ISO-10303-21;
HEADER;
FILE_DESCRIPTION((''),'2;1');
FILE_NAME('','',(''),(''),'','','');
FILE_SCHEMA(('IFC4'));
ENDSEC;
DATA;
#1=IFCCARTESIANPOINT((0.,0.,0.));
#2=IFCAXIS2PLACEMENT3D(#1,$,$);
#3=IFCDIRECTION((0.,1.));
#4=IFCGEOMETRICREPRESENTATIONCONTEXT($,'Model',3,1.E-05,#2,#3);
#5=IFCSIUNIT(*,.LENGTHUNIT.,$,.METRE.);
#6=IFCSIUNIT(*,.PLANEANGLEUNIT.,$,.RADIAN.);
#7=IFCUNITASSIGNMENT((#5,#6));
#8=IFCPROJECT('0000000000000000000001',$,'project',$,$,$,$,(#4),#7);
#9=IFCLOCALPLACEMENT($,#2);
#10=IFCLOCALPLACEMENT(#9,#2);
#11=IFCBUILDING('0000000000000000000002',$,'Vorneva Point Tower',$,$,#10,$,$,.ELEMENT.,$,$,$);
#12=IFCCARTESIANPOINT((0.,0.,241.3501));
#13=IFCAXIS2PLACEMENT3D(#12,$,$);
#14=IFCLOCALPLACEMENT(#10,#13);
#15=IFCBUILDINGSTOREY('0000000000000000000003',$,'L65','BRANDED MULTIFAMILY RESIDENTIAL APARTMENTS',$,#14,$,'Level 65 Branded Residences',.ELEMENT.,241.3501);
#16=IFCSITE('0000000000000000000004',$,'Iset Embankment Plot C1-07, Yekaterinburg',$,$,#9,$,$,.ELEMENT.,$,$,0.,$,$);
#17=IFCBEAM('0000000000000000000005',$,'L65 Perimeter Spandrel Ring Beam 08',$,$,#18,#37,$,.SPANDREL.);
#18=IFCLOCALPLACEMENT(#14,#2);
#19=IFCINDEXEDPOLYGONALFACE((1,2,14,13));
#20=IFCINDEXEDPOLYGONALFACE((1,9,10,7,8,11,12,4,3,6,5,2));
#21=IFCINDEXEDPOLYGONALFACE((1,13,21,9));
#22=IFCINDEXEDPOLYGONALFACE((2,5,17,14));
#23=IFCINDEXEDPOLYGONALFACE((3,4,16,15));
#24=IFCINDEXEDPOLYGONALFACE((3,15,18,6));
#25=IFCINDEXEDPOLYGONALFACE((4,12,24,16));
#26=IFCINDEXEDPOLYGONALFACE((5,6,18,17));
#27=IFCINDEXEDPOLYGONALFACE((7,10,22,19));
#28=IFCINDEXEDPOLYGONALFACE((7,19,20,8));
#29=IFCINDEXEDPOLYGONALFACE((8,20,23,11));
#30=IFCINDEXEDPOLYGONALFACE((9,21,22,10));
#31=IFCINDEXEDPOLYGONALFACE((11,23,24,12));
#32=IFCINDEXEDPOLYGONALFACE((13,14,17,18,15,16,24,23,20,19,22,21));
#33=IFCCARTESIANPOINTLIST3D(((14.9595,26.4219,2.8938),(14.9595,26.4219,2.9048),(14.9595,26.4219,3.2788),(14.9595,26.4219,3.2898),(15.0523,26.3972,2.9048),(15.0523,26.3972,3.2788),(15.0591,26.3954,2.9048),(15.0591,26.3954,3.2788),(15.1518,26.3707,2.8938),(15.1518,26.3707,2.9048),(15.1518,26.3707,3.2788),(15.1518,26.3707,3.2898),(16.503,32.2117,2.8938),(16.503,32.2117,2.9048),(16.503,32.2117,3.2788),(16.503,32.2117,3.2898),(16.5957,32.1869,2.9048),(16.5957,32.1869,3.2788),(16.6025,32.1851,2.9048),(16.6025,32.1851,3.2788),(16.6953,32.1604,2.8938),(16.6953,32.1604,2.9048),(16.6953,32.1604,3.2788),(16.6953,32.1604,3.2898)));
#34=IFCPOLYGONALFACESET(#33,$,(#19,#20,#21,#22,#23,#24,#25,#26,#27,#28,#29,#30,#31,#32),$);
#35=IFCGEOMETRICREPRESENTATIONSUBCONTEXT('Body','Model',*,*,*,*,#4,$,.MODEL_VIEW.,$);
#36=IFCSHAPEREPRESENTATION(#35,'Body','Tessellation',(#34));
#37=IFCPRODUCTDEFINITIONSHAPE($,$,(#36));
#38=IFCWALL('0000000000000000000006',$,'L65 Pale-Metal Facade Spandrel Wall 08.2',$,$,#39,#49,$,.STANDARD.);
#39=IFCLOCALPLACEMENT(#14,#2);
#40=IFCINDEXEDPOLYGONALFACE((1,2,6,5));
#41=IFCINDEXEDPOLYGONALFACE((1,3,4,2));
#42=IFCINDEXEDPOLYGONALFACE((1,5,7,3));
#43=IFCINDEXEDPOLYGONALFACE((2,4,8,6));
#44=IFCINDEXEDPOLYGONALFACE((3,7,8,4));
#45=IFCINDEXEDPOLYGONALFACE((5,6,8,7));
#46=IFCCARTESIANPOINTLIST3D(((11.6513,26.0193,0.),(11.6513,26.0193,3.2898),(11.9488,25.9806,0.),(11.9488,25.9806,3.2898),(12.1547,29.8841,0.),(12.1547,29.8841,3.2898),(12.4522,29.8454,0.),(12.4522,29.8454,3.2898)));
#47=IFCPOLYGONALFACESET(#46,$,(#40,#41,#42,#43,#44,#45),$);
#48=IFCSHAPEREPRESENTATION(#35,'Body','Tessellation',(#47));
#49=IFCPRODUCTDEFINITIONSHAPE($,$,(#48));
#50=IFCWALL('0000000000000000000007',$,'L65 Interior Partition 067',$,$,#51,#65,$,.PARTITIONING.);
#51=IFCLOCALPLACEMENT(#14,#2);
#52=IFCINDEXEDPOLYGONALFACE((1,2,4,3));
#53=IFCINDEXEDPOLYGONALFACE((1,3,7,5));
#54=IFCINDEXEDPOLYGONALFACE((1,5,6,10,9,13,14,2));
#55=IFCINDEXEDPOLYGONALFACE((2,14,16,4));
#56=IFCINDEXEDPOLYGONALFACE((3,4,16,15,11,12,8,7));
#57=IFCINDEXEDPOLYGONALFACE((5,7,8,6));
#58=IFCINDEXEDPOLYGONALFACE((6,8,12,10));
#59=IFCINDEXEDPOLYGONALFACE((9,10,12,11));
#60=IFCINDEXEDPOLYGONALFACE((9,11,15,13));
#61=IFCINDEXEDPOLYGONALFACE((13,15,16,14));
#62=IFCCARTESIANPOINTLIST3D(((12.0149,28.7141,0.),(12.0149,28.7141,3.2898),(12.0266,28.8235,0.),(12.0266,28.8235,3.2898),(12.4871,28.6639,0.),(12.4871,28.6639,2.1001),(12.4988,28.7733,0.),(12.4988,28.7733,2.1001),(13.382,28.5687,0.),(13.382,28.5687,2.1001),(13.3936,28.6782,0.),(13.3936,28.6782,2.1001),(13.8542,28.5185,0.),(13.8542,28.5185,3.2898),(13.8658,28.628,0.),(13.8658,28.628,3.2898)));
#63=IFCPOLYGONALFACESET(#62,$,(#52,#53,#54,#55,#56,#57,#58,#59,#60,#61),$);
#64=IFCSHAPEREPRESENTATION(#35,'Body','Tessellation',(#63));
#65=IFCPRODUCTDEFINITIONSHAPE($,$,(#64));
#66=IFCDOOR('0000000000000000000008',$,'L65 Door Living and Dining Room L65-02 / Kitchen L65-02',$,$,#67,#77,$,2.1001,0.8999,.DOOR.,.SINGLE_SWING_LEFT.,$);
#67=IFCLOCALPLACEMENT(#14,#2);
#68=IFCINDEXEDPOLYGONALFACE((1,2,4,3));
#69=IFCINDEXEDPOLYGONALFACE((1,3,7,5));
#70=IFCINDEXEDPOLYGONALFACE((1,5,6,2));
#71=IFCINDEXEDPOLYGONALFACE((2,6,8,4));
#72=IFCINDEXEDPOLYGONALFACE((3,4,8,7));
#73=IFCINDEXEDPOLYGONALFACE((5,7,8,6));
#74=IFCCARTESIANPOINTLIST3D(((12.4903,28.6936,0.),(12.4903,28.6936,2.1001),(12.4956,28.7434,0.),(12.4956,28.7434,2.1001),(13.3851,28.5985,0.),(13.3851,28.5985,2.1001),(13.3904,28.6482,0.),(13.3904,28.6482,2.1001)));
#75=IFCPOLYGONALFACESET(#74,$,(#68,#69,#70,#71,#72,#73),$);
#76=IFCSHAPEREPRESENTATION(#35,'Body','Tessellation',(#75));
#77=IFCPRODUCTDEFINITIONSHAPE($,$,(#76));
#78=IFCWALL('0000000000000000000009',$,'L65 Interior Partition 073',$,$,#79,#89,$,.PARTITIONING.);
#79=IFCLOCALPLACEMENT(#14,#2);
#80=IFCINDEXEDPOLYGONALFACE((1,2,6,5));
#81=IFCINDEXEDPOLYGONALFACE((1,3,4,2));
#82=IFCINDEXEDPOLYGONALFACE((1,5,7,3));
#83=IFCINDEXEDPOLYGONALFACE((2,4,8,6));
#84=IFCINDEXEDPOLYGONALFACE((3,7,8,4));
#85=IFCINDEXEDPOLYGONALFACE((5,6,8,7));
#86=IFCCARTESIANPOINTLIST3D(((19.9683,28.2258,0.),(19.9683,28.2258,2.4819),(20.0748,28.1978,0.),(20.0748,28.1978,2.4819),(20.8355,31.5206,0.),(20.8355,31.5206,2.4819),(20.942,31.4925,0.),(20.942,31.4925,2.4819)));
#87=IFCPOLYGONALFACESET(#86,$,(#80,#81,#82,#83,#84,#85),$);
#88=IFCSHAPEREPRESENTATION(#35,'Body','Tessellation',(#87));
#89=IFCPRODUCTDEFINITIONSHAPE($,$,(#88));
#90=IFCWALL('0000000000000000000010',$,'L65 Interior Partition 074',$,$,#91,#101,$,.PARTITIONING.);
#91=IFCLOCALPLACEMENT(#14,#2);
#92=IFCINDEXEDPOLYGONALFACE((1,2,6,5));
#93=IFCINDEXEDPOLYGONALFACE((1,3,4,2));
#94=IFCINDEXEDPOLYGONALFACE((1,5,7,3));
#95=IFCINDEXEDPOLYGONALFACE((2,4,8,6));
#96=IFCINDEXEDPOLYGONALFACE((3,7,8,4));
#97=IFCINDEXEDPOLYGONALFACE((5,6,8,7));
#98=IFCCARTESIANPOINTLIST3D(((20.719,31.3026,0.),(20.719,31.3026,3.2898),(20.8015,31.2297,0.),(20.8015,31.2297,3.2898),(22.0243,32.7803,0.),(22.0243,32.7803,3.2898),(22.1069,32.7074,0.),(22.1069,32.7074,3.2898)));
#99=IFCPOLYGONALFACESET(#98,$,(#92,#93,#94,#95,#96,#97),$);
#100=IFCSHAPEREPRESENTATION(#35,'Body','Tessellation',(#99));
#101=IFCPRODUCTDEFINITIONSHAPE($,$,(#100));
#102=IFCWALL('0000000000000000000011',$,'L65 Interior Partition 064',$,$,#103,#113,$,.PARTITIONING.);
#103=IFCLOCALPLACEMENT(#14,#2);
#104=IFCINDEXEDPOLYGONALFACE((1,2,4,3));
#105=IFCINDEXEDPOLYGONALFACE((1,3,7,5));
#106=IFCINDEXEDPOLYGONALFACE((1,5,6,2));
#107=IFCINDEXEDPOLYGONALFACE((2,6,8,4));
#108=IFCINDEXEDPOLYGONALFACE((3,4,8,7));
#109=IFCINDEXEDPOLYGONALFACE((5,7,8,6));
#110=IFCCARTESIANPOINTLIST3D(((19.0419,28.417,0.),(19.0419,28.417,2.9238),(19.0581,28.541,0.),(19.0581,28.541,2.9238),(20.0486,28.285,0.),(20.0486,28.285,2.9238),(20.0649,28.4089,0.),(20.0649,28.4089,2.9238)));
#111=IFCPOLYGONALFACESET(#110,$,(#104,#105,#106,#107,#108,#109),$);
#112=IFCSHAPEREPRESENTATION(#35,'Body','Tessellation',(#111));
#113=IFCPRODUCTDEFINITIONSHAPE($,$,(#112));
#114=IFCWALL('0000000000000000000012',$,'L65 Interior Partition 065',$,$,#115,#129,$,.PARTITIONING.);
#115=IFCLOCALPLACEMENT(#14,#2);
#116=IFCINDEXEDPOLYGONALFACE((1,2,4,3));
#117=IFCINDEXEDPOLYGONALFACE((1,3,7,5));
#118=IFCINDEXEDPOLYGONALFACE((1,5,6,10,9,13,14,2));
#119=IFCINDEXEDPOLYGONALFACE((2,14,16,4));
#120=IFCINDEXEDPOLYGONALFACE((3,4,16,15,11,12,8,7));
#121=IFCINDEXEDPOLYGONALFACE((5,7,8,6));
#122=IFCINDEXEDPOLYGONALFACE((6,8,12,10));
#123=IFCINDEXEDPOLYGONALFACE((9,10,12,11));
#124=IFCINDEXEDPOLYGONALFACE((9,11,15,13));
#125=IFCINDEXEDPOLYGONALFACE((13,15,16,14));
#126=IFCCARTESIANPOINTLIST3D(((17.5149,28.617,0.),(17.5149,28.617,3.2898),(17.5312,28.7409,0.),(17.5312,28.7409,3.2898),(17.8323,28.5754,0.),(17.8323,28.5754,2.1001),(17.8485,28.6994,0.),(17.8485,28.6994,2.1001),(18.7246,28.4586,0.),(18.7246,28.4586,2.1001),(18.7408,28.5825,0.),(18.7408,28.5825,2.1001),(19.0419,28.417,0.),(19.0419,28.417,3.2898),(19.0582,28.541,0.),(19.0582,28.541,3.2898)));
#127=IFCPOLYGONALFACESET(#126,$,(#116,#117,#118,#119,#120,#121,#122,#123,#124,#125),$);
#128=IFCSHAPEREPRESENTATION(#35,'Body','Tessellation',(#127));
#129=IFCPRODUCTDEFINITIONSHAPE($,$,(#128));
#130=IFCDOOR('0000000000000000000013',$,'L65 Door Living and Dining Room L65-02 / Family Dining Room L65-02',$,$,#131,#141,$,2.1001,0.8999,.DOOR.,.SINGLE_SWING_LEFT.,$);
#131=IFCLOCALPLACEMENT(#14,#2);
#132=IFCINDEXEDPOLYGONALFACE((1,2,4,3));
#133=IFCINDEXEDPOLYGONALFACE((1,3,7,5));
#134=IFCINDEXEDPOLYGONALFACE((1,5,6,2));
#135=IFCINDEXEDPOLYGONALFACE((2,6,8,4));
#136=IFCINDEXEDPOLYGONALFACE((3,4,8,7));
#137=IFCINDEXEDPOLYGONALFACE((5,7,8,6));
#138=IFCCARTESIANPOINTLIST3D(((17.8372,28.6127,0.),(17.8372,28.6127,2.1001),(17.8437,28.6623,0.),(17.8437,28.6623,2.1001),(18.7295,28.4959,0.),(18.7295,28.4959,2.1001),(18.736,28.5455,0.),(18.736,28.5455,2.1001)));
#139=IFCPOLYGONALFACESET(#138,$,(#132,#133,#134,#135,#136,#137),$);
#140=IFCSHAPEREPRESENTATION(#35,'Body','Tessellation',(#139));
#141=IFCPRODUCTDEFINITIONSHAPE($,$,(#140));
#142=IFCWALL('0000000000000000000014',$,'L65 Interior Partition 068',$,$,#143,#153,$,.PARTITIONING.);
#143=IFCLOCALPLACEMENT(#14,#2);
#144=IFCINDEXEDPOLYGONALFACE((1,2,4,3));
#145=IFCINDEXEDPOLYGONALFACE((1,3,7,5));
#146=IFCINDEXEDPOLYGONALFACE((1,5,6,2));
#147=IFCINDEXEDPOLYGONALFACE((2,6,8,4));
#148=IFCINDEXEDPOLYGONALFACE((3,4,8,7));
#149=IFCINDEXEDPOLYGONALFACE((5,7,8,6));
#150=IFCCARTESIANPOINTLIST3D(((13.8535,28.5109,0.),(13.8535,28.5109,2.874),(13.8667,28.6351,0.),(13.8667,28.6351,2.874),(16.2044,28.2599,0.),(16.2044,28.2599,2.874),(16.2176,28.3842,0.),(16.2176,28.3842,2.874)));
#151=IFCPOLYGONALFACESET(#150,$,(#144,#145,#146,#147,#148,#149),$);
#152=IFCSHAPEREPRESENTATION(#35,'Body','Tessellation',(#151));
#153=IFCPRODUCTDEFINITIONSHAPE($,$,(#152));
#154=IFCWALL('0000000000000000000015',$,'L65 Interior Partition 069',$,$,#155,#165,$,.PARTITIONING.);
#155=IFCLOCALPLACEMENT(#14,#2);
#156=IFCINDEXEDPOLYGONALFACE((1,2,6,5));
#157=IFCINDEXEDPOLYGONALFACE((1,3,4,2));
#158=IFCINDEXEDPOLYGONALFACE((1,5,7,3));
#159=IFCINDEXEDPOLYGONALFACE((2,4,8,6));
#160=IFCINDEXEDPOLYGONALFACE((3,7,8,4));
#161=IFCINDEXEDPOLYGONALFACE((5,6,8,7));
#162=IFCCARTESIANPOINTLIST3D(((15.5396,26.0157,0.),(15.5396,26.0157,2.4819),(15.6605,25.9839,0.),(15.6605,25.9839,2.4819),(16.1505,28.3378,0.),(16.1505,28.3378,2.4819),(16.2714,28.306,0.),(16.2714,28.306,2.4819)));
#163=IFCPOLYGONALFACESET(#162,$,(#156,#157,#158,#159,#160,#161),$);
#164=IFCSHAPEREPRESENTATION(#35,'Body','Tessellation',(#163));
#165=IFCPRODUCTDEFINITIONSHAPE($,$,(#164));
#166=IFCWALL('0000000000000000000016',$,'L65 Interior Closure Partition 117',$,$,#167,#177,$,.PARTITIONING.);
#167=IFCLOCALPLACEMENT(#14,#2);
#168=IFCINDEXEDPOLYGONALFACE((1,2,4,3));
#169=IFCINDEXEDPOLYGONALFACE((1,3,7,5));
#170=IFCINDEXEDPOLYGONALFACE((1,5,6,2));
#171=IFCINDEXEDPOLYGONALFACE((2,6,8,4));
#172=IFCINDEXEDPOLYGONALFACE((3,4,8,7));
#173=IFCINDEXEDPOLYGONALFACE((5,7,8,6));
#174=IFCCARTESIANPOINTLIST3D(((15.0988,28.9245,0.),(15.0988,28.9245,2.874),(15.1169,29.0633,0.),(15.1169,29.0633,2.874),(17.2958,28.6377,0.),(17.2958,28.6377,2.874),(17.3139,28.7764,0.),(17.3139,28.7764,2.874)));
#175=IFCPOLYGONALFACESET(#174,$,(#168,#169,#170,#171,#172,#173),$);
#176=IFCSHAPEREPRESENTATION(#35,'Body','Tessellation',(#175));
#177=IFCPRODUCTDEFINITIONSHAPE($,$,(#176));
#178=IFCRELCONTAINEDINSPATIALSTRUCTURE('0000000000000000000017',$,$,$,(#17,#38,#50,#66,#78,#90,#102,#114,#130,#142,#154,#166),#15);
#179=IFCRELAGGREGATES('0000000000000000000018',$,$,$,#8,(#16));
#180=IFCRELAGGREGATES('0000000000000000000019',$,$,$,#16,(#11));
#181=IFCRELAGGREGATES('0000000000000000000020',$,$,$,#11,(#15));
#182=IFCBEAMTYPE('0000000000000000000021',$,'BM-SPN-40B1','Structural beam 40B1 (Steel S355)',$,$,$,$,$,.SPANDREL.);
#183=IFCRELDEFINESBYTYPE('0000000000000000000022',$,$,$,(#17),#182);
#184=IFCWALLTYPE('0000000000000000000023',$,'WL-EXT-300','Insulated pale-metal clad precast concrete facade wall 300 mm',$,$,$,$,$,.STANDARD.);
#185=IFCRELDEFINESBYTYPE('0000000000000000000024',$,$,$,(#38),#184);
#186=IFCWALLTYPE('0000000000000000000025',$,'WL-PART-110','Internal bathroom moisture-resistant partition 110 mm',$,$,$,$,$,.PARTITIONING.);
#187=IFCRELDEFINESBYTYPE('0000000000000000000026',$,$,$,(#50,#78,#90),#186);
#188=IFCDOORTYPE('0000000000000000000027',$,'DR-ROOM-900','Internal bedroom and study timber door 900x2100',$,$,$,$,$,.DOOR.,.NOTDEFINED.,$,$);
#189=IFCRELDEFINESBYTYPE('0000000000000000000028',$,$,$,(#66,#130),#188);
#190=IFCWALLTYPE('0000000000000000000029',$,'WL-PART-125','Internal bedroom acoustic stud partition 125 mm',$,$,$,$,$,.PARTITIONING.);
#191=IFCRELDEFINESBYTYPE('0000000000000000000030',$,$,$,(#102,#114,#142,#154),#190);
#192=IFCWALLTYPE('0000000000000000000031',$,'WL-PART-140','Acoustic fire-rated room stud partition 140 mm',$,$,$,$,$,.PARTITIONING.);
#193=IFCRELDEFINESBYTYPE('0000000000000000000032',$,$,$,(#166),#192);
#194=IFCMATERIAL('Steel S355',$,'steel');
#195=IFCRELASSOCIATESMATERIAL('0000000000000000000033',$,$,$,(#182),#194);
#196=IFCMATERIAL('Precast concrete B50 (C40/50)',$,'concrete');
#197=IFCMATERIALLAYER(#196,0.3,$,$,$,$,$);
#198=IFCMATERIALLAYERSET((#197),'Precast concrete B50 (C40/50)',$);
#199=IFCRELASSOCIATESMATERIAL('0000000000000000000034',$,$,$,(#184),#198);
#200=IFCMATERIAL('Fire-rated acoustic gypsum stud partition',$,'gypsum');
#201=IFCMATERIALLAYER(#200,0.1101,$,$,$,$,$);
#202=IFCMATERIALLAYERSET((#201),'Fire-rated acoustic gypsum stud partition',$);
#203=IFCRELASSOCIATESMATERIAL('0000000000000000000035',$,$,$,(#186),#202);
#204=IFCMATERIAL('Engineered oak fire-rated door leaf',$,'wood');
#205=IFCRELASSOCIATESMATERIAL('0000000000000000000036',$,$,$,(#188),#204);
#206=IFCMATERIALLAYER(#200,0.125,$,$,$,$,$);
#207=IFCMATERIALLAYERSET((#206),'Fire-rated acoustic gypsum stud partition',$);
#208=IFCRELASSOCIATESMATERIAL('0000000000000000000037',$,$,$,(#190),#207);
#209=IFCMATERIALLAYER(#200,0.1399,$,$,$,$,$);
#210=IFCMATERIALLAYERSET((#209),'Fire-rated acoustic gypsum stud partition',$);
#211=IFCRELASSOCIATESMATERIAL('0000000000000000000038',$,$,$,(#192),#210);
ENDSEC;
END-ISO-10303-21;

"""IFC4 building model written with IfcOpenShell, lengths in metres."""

from ifc_helpers import new_model, si_unit, direction, frame, frame_2d, origin, origin_2d, place, context, subcontext, project, spatial, rectangle, i_section, extrude, material, layer, layer_set, material_profile, profile_set, type_object, element, fill, save


model = new_model("IFC4")

# Units and contexts
model_context = context("Model", 3, precision=1e-05, world=origin(), true_north=direction((0.0, 1.0)))
body_context = subcontext(model_context, "Body", "Model", "MODEL_VIEW")
ifc_project = project(units=[si_unit("LENGTHUNIT", "METRE"), si_unit("PLANEANGLEUNIT", "RADIAN")], contexts=[model_context])

# Site, building, storey
site_placement = place(None, origin())
site = spatial("IfcSite", under=ifc_project, at=site_placement, Name="Iset Embankment Plot C1-07, Yekaterinburg", CompositionType="ELEMENT", RefElevation=0.0)
building_placement = place(site_placement, origin())
building = spatial("IfcBuilding", under=site, at=building_placement, Name="Vorneva Point Tower", CompositionType="ELEMENT")
storey_placement = place(building_placement, frame((0.0, 0.0, 241.3501)))
storey = spatial("IfcBuildingStorey", under=building, at=storey_placement, Name="L65", Description="BRANDED MULTIFAMILY RESIDENTIAL APARTMENTS", LongName="Level 65 Branded Residences", CompositionType="ELEMENT", Elevation=241.3501)

# Beam
ifc_material_1 = material(Name="Steel S355", Category="steel")
ifc_material_profile_1 = material_profile(ifc_material_1, i_section(OverallWidth=0.199, OverallDepth=0.396, WebThickness=0.0071, FlangeThickness=0.011, at=origin_2d()), Name="40B1")
ifc_profile_set_1 = profile_set([ifc_material_profile_1], Name="Steel S355")
beam_type_1 = type_object("IfcBeamType", Name="BM-SPN-40B1", Description="Structural beam 40B1 (Steel S355)", PredefinedType="SPANDREL", material=ifc_profile_set_1)
beam_1_placement = place(storey_placement, frame((16.5991, 32.186, 3.0918), z_axis=(-0.257587, -0.966255, 0.0), x_axis=(0.966255, -0.257587, 0.0)))
element("IfcBeam", 1, at=beam_1_placement, inside=storey, type_object=beam_type_1, Name="L65 Perimeter Spandrel Ring Beam 08", PredefinedType="SPANDREL", context=body_context, shape_type="SweptSolid", body=[
    extrude(i_section(OverallWidth=0.199, OverallDepth=0.396, WebThickness=0.0071, FlangeThickness=0.011, at=origin_2d()), origin(), (0.0, 0.0, 1.0), 5.9919),
])

# Wall
ifc_material_2 = material(Name="Precast concrete B50 (C40/50)", Category="concrete")
ifc_layer_1 = layer(ifc_material_2, 0.3)
ifc_layer_set_1 = layer_set([ifc_layer_1], Name="Precast concrete B50 (C40/50)")
wall_type_1 = type_object("IfcWallType", Name="WL-EXT-300", Description="Insulated pale-metal clad precast concrete facade wall 300 mm", PredefinedType="STANDARD", material=ifc_layer_set_1)
wall_1_placement = place(storey_placement, frame((12.3035, 29.8647, 0.0), z_axis=(0.0, 0.0, 1.0), x_axis=(-0.129168, -0.991623, 0.0)))
element("IfcWall", 2, at=wall_1_placement, inside=storey, type_object=wall_type_1, Name="L65 Pale-Metal Facade Spandrel Wall 08.2", PredefinedType="STANDARD", context=body_context, shape_type="SweptSolid", body=[
    extrude(rectangle(XDim=3.8975, YDim=0.3, at=frame_2d((1.9487, 0.0))), origin(), (0.0, 0.0, 1.0), 3.2898),
])

# Wall, opening, door
ifc_material_3 = material(Name="Fire-rated acoustic gypsum stud partition", Category="gypsum")
ifc_layer_2 = layer(ifc_material_3, 0.1101)
ifc_layer_set_2 = layer_set([ifc_layer_2], Name="Fire-rated acoustic gypsum stud partition")
wall_type_2 = type_object("IfcWallType", Name="WL-PART-110", Description="Internal bathroom moisture-resistant partition 110 mm", PredefinedType="PARTITIONING", material=ifc_layer_set_2)
wall_2_placement = place(storey_placement, frame((12.0208, 28.7688, 0.0), z_axis=(0.0, 0.0, 1.0), x_axis=(0.994396, -0.105722, 0.0)))
wall_2 = element("IfcWall", 3, at=wall_2_placement, inside=storey, type_object=wall_type_2, Name="L65 Interior Partition 067", PredefinedType="PARTITIONING", context=body_context, shape_type="SweptSolid", body=[
    extrude(rectangle(XDim=1.8496, YDim=0.1101, at=frame_2d((0.9248, 0.0))), origin(), (0.0, 0.0, 1.0), 3.2898),
])
opening_1_placement = place(wall_2_placement, frame((0.4749, 0.0, 0.0)))
opening_1 = element("IfcOpeningElement", 4, at=opening_1_placement, cuts=wall_2, PredefinedType="OPENING", context=body_context, shape_type="SweptSolid", body=[
    extrude(rectangle(XDim=0.8999, YDim=2.1001, at=frame_2d((0.45, 1.05))), frame((0.0, 0.0698, 0.0), z_axis=(0.0, -1.0, 0.0), x_axis=(1.0, 0.0, 0.0)), (0.0, 0.0, 1.0), 0.1399),
])
ifc_material_4 = material(Name="Engineered oak fire-rated door leaf", Category="wood")
door_type_1 = type_object("IfcDoorType", Name="DR-ROOM-900", Description="Internal bedroom and study timber door 900x2100", OperationType="NOTDEFINED", PredefinedType="DOOR", material=ifc_material_4)
door_1_placement = place(opening_1_placement, origin())
door_1 = element("IfcDoor", 5, at=door_1_placement, inside=storey, type_object=door_type_1, Name="L65 Door Living and Dining Room L65-02 / Kitchen L65-02", OperationType="SINGLE_SWING_LEFT", OverallHeight=2.1001, OverallWidth=0.8999, PredefinedType="DOOR", context=body_context, shape_type="SweptSolid", body=[
    extrude(rectangle(XDim=0.8999, YDim=2.1001, at=frame_2d((0.45, 1.05))), frame((0.0, 0.0249, 0.0), z_axis=(0.0, -1.0, 0.0), x_axis=(1.0, 0.0, 0.0)), (0.0, 0.0, 1.0), 0.05),
])
fill(opening_1, door_1)

# Walls
wall_3_placement = place(storey_placement, frame((20.0215, 28.2117, 0.0), z_axis=(0.0, 0.0, 1.0), x_axis=(0.254539, 0.967062, 0.0)))
element("IfcWall", 6, at=wall_3_placement, inside=storey, type_object=wall_type_2, Name="L65 Interior Partition 073", PredefinedType="PARTITIONING", context=body_context, shape_type="SweptSolid", body=[
    extrude(rectangle(XDim=3.407, YDim=0.1101, at=frame_2d((1.7036, 0.0))), origin(), (0.0, 0.0, 1.0), 2.4819),
])
wall_4_placement = place(storey_placement, frame((20.7603, 31.2661, 0.0), z_axis=(0.0, 0.0, 1.0), x_axis=(0.662047, 0.749462, 0.0)))
element("IfcWall", 7, at=wall_4_placement, inside=storey, type_object=wall_type_2, Name="L65 Interior Partition 074", PredefinedType="PARTITIONING", context=body_context, shape_type="SweptSolid", body=[
    extrude(rectangle(XDim=1.9717, YDim=0.1101, at=frame_2d((0.9858, 0.0))), origin(), (0.0, 0.0, 1.0), 3.2898),
])
ifc_layer_3 = layer(ifc_material_3, 0.125)
ifc_layer_set_3 = layer_set([ifc_layer_3], Name="Fire-rated acoustic gypsum stud partition")
wall_type_3 = type_object("IfcWallType", Name="WL-PART-125", Description="Internal bedroom acoustic stud partition 125 mm", PredefinedType="PARTITIONING", material=ifc_layer_set_3)
wall_5_placement = place(storey_placement, frame((20.0569, 28.3469, 0.0), z_axis=(0.0, 0.0, 1.0), x_axis=(-0.991505, 0.130069, 0.0)))
element("IfcWall", 8, at=wall_5_placement, inside=storey, type_object=wall_type_3, Name="L65 Interior Partition 064", PredefinedType="PARTITIONING", context=body_context, shape_type="SweptSolid", body=[
    extrude(rectangle(XDim=1.0154, YDim=0.125, at=frame_2d((0.5078, 0.0))), origin(), (0.0, 0.0, 1.0), 2.9238),
])

# Wall, opening, door
wall_6_placement = place(storey_placement, frame((19.05, 28.479, 0.0), z_axis=(0.0, 0.0, 1.0), x_axis=(-0.991537, 0.129827, 0.0)))
wall_6 = element("IfcWall", 9, at=wall_6_placement, inside=storey, type_object=wall_type_3, Name="L65 Interior Partition 065", PredefinedType="PARTITIONING", context=body_context, shape_type="SweptSolid", body=[
    extrude(rectangle(XDim=1.54, YDim=0.125, at=frame_2d((0.77, 0.0))), origin(), (0.0, 0.0, 1.0), 3.2898),
])
opening_2_placement = place(wall_6_placement, frame((0.3201, 0.0, 0.0)))
opening_2 = element("IfcOpeningElement", 10, at=opening_2_placement, cuts=wall_6, PredefinedType="OPENING", context=body_context, shape_type="SweptSolid", body=[
    extrude(rectangle(XDim=0.8999, YDim=2.1001, at=frame_2d((0.45, 1.05))), frame((0.0, 0.0774, 0.0), z_axis=(0.0, -1.0, 0.0), x_axis=(1.0, 0.0, 0.0)), (0.0, 0.0, 1.0), 0.1548),
])
door_2_placement = place(opening_2_placement, origin())
door_2 = element("IfcDoor", 11, at=door_2_placement, inside=storey, type_object=door_type_1, Name="L65 Door Living and Dining Room L65-02 / Family Dining Room L65-02", OperationType="SINGLE_SWING_LEFT", OverallHeight=2.1001, OverallWidth=0.8999, PredefinedType="DOOR", context=body_context, shape_type="SweptSolid", body=[
    extrude(rectangle(XDim=0.8999, YDim=2.1001, at=frame_2d((0.45, 1.05))), frame((0.0, 0.0249, 0.0), z_axis=(0.0, -1.0, 0.0), x_axis=(1.0, 0.0, 0.0)), (0.0, 0.0, 1.0), 0.05),
])
fill(opening_2, door_2)

# Walls
wall_7_placement = place(storey_placement, frame((13.8601, 28.573, 0.0), z_axis=(0.0, 0.0, 1.0), x_axis=(0.994349, -0.106158, 0.0)))
element("IfcWall", 12, at=wall_7_placement, inside=storey, type_object=wall_type_3, Name="L65 Interior Partition 068", PredefinedType="PARTITIONING", context=body_context, shape_type="SweptSolid", body=[
    extrude(rectangle(XDim=2.3643, YDim=0.125, at=frame_2d((1.1821, 0.0))), origin(), (0.0, 0.0, 1.0), 2.874),
])
wall_8_placement = place(storey_placement, frame((16.2109, 28.322, 0.0), z_axis=(0.0, 0.0, 1.0), x_axis=(-0.254408, -0.967097, 0.0)))
element("IfcWall", 13, at=wall_8_placement, inside=storey, type_object=wall_type_3, Name="L65 Interior Partition 069", PredefinedType="PARTITIONING", context=body_context, shape_type="SweptSolid", body=[
    extrude(rectangle(XDim=2.4011, YDim=0.125, at=frame_2d((1.2007, 0.0))), origin(), (0.0, 0.0, 1.0), 2.4819),
])
ifc_layer_4 = layer(ifc_material_3, 0.1399)
ifc_layer_set_4 = layer_set([ifc_layer_4], Name="Fire-rated acoustic gypsum stud partition")
wall_type_4 = type_object("IfcWallType", Name="WL-PART-140", Description="Acoustic fire-rated room stud partition 140 mm", PredefinedType="PARTITIONING", material=ifc_layer_set_4)
wall_9_placement = place(storey_placement, frame((17.3049, 28.707, 0.0), z_axis=(0.0, 0.0, 1.0), x_axis=(-0.991583, 0.129471, 0.0)))
element("IfcWall", 14, at=wall_9_placement, inside=storey, type_object=wall_type_4, Name="L65 Interior Closure Partition 117", PredefinedType="PARTITIONING", context=body_context, shape_type="SweptSolid", body=[
    extrude(rectangle(XDim=2.2156, YDim=0.1399, at=frame_2d((1.1079, 0.0))), origin(), (0.0, 0.0, 1.0), 2.874),
])

save(model, "model.ifc")
